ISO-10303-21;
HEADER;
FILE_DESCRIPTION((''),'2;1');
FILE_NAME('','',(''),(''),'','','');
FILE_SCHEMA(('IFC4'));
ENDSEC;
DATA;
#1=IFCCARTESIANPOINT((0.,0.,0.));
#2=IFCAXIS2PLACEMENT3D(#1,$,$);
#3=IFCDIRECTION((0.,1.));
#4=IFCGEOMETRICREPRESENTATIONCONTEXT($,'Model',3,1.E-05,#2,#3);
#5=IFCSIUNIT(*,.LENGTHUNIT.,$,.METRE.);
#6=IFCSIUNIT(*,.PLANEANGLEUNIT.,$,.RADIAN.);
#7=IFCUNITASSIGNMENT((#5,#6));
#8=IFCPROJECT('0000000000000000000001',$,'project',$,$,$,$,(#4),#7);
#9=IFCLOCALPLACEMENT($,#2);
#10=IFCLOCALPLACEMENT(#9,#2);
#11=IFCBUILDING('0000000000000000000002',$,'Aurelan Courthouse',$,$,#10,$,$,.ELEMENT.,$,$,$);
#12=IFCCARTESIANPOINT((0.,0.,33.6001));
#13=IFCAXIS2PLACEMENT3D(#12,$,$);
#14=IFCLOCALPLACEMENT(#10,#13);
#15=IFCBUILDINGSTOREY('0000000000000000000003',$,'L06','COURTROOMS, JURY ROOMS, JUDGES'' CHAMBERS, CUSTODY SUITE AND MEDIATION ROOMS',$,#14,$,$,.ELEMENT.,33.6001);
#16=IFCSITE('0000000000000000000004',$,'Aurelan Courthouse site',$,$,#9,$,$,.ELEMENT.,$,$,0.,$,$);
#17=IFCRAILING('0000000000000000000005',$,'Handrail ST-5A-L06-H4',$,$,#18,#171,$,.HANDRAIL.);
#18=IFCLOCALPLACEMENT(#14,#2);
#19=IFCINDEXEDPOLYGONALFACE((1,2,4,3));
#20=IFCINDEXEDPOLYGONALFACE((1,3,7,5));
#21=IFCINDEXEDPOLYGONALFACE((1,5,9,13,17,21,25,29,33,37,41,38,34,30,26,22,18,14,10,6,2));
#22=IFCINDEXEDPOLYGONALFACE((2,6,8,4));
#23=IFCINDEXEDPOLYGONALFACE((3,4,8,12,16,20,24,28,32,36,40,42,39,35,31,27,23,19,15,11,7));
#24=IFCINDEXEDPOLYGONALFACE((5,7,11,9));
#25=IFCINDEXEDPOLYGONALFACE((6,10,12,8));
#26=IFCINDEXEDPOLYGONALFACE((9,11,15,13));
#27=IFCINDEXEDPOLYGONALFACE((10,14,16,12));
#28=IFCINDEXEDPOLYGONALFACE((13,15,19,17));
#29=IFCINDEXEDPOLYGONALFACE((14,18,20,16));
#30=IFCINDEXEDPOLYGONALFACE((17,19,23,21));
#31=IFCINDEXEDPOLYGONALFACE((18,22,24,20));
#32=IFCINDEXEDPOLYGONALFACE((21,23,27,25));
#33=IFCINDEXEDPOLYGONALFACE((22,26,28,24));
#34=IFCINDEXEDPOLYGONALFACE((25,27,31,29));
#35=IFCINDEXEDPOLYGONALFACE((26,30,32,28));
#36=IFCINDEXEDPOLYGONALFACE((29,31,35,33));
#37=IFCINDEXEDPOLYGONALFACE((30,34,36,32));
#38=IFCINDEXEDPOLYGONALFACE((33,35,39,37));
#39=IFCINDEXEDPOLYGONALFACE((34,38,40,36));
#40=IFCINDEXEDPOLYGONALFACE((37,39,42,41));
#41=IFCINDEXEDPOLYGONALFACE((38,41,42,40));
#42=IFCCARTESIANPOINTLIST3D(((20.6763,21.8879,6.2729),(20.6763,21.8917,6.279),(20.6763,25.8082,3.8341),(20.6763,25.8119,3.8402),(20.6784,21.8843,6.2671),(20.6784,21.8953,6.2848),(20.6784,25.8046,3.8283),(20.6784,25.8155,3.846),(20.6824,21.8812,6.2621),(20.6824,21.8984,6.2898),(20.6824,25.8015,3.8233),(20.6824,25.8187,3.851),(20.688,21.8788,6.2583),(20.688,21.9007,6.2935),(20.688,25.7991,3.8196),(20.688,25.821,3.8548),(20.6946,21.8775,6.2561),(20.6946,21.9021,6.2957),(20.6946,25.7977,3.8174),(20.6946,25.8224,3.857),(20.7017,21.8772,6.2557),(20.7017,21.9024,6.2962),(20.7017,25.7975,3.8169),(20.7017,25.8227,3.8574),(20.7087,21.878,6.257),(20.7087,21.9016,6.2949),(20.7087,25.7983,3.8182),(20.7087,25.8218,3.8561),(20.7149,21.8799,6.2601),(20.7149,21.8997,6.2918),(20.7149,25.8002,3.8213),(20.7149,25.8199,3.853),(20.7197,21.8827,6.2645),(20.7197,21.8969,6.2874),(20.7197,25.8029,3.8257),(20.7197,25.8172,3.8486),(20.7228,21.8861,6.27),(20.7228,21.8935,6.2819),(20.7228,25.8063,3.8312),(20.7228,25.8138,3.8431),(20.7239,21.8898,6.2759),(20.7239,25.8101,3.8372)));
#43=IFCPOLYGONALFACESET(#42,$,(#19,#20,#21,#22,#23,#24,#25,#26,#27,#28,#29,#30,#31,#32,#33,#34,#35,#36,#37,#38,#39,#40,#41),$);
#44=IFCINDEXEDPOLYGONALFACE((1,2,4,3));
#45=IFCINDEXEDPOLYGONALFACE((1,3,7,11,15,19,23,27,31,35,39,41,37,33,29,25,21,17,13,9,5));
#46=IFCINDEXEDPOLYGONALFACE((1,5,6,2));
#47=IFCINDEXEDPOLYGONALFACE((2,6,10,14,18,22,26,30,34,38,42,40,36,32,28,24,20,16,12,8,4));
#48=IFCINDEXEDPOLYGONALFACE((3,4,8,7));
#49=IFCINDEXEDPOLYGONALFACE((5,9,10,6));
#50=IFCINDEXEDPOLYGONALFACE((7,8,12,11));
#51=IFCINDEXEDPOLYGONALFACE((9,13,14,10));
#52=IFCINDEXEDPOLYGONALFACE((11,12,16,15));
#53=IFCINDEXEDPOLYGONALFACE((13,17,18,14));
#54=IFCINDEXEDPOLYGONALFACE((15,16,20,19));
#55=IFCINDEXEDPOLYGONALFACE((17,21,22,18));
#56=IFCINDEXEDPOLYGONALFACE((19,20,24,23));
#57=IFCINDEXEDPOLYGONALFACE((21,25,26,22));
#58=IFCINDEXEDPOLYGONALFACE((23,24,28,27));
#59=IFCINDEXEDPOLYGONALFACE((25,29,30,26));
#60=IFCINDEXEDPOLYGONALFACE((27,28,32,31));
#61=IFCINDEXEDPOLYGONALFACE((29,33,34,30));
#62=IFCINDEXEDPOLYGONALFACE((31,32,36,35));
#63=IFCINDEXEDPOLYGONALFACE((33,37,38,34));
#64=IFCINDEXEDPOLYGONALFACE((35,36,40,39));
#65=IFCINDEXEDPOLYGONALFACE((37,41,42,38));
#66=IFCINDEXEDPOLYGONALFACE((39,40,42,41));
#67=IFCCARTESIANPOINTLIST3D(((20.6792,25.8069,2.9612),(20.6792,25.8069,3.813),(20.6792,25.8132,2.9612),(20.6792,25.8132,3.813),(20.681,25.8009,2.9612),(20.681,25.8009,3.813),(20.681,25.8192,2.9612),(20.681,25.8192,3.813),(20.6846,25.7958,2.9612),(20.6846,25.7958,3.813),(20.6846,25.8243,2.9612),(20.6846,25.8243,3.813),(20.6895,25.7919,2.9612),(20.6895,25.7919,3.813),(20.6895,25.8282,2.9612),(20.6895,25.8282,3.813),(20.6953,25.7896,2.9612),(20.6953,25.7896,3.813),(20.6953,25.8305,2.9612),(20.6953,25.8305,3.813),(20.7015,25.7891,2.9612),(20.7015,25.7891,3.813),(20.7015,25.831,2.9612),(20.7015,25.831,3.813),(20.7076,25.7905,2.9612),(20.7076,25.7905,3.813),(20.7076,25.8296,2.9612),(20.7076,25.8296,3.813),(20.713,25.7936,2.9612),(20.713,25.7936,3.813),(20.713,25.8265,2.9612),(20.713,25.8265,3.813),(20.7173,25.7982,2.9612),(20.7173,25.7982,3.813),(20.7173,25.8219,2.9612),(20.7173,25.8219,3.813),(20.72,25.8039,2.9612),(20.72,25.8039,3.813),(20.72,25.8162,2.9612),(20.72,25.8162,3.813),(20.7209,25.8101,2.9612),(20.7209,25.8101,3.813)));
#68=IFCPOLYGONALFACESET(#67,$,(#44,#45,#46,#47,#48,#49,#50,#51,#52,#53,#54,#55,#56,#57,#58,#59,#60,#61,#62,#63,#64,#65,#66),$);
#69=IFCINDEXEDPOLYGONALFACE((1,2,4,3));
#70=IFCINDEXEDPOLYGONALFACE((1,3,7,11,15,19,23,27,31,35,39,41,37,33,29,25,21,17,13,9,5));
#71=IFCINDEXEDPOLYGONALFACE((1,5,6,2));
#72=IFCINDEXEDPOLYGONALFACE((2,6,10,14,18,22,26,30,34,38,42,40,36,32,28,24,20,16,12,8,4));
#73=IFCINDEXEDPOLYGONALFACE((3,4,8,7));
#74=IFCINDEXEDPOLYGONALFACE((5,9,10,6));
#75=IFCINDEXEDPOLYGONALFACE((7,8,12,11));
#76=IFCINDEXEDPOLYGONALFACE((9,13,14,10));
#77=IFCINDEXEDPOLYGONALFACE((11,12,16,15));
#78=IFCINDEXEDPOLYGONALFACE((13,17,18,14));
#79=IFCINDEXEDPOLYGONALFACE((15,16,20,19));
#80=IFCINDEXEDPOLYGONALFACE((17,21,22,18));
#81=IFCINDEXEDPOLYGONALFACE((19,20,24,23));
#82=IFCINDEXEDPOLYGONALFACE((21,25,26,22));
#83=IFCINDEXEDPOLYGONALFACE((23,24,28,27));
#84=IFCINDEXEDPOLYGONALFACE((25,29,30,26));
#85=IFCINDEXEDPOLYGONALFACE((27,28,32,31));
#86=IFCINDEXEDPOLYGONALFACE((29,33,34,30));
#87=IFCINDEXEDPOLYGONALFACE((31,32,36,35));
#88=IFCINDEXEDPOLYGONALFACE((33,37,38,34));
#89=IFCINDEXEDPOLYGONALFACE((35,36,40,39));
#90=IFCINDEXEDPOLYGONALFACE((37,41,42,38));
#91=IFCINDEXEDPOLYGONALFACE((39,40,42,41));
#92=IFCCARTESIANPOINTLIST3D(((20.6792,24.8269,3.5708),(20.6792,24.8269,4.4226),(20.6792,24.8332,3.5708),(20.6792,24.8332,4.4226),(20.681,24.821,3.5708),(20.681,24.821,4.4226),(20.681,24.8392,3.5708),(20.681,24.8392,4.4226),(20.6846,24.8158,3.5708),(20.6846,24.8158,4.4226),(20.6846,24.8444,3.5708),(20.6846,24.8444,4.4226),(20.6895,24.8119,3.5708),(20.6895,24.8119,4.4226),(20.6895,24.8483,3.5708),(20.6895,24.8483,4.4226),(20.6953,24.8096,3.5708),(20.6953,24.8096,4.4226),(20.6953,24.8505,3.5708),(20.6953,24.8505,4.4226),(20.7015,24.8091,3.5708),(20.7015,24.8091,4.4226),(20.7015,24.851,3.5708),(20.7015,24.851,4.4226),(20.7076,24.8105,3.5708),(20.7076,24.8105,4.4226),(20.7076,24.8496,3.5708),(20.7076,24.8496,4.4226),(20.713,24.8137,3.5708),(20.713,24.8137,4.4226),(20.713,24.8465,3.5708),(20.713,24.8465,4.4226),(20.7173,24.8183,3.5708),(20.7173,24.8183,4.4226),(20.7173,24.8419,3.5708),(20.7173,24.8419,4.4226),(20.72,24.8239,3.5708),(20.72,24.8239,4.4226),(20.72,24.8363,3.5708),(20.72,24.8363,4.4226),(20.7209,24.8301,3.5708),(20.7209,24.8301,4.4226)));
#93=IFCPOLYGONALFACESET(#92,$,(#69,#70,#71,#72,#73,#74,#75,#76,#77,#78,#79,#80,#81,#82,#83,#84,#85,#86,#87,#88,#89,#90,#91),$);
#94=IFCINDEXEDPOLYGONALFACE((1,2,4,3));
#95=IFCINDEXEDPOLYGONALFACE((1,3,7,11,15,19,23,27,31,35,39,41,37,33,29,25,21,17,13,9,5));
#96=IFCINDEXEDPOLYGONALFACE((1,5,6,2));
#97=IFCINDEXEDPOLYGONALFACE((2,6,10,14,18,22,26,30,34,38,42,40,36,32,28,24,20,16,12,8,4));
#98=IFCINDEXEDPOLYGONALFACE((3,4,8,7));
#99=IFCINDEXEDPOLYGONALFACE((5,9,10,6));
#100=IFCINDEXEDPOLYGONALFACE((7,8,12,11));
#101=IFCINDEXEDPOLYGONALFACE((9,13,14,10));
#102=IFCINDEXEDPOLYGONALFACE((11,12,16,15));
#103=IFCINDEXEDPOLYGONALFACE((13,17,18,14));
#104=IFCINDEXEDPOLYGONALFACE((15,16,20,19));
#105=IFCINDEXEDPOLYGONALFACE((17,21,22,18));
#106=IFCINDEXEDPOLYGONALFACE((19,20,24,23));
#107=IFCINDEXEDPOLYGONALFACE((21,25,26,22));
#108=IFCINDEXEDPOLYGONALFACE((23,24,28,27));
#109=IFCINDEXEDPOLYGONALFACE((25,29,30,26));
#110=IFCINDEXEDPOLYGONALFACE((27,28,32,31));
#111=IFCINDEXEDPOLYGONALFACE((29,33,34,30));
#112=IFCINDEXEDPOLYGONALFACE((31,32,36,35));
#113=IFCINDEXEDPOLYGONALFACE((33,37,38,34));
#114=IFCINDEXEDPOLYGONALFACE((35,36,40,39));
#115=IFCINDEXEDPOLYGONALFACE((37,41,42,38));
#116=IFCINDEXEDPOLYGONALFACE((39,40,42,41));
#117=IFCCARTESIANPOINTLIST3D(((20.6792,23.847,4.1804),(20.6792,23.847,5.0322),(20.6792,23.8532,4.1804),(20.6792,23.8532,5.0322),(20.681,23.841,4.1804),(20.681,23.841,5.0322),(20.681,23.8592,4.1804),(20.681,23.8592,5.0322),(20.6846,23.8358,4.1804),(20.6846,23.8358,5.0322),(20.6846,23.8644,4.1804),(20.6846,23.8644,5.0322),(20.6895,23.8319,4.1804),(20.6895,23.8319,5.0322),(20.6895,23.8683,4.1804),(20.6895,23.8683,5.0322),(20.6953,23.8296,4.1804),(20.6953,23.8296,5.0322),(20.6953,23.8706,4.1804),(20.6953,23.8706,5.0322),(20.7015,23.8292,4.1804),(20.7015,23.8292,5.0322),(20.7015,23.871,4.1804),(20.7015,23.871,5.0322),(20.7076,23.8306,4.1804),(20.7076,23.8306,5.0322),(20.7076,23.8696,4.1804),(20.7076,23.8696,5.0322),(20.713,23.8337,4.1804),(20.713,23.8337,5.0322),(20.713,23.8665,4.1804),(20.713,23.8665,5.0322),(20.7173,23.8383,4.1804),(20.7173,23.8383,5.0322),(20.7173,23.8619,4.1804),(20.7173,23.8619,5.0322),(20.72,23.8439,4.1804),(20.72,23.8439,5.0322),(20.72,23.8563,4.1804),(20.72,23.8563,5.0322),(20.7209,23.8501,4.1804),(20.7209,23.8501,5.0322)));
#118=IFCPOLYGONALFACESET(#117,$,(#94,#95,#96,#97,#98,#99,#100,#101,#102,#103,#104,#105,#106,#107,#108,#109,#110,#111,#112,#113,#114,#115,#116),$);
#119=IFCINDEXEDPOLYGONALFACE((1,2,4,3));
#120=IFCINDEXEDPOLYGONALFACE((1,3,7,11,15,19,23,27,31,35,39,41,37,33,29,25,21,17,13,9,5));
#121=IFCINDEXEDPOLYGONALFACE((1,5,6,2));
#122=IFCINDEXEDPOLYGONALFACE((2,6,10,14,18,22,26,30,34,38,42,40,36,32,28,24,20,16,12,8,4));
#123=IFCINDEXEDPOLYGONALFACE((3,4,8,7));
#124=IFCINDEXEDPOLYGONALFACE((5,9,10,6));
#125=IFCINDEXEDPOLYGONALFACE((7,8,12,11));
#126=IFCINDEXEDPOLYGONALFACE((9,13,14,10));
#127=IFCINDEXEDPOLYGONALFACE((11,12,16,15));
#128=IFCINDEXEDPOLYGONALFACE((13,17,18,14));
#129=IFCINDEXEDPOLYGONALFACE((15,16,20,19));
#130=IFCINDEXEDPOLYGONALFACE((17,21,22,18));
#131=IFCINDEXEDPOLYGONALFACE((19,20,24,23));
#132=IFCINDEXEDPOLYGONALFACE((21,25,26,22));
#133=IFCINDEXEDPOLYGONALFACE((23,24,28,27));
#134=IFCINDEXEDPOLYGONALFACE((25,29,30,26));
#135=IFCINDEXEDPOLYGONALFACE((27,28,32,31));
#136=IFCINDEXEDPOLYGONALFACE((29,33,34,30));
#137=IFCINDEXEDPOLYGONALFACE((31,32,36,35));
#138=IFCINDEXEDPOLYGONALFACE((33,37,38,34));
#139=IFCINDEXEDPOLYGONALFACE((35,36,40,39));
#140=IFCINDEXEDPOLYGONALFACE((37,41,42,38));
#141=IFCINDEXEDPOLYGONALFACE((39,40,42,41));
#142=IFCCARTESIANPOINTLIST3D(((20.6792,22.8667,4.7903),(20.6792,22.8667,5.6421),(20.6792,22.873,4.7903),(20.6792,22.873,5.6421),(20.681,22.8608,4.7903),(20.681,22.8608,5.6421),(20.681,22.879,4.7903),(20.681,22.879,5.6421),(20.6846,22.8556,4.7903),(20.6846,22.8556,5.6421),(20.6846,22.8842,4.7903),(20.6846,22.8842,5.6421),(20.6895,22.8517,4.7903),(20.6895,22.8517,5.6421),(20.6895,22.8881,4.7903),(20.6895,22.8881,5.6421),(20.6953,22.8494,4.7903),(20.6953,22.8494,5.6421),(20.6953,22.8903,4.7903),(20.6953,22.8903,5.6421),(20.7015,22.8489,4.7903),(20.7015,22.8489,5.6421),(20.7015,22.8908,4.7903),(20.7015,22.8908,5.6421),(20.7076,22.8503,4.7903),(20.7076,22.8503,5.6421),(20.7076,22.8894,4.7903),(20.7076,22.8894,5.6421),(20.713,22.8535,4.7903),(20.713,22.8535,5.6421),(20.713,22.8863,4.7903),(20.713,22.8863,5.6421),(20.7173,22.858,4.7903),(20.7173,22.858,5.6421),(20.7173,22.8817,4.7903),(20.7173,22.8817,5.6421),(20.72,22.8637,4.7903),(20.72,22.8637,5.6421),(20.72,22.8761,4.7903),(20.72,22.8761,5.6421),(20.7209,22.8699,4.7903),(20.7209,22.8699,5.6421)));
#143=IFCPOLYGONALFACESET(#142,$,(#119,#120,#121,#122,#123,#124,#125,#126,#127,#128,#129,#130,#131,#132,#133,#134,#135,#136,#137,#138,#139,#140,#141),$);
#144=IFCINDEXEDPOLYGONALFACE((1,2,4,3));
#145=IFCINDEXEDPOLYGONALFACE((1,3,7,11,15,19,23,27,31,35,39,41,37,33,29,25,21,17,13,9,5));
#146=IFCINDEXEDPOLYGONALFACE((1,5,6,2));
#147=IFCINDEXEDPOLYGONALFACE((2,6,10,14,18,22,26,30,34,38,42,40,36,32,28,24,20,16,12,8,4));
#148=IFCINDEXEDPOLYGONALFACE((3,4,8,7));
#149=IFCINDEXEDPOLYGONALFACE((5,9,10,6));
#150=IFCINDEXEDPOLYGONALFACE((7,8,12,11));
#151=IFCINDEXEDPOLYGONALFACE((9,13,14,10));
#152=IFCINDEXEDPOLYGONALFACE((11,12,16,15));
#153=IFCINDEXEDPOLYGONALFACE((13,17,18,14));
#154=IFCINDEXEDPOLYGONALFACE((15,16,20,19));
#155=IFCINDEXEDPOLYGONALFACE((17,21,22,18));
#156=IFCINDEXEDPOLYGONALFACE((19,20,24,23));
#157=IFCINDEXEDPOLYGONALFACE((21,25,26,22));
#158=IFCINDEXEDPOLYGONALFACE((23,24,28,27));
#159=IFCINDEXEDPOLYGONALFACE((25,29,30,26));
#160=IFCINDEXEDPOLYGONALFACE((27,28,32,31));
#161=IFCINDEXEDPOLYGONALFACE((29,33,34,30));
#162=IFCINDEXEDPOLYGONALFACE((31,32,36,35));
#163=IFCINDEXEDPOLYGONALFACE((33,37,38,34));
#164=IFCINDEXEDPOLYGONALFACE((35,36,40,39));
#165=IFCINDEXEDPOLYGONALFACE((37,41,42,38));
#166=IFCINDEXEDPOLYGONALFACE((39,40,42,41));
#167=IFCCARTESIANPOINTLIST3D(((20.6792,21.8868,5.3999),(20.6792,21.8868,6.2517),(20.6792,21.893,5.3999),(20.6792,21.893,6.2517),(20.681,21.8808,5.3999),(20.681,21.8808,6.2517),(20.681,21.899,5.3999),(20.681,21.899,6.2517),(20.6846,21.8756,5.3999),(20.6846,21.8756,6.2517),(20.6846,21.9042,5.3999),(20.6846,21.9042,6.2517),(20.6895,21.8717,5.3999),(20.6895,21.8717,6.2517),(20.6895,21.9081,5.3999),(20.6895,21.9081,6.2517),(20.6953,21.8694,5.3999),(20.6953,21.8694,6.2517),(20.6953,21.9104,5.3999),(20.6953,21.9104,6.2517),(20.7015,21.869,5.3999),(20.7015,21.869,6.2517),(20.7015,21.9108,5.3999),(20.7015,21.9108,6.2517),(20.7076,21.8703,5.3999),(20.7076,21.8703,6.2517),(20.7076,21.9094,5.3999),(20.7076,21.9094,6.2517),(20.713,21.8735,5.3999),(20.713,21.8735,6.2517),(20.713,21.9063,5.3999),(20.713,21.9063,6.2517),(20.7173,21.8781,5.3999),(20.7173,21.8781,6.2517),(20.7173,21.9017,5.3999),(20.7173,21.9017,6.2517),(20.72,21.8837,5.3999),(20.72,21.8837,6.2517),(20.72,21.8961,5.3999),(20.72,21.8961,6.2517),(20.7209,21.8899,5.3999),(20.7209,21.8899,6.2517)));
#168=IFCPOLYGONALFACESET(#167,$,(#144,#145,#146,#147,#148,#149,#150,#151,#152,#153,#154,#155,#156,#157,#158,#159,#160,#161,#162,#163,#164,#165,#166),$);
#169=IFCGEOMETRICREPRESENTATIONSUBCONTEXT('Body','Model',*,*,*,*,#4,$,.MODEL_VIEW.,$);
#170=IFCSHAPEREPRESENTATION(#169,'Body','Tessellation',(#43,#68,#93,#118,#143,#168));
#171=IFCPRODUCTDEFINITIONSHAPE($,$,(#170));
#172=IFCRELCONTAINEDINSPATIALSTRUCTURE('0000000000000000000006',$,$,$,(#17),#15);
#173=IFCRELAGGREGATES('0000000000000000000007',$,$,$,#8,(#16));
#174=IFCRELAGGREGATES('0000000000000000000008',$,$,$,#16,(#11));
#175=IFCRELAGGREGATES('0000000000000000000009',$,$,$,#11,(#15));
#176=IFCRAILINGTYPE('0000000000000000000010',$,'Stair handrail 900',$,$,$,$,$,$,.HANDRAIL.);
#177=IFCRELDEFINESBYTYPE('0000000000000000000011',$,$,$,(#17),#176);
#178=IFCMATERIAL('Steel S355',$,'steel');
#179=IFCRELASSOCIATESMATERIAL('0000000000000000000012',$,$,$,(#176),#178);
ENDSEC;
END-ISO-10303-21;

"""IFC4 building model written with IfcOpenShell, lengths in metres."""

from ifc_helpers import new_model, si_unit, direction, frame, origin, origin_2d, place, context, subcontext, project, spatial, circle, extrude, material, type_object, element, save


model = new_model("IFC4")

# Units and contexts
model_context = context("Model", 3, precision=1e-05, world=origin(), true_north=direction((0.0, 1.0)))
body_context = subcontext(model_context, "Body", "Model", "MODEL_VIEW")
ifc_project = project(units=[si_unit("LENGTHUNIT", "METRE"), si_unit("PLANEANGLEUNIT", "RADIAN")], contexts=[model_context])

# Site, building, storey
site_placement = place(None, origin())
site = spatial("IfcSite", under=ifc_project, at=site_placement, Name="Aurelan Courthouse site", CompositionType="ELEMENT", RefElevation=0.0)
building_placement = place(site_placement, origin())
building = spatial("IfcBuilding", under=site, at=building_placement, Name="Aurelan Courthouse", CompositionType="ELEMENT")
storey_placement = place(building_placement, frame((0.0, 0.0, 33.6001)))
storey = spatial("IfcBuildingStorey", under=building, at=storey_placement, Name="L06", Description="COURTROOMS, JURY ROOMS, JUDGES' CHAMBERS, CUSTODY SUITE AND MEDIATION ROOMS", CompositionType="ELEMENT", Elevation=33.6001)

# Railing
ifc_material_1 = material(Name="Steel S355", Category="steel")
railing_type_1 = type_object("IfcRailingType", Name="Stair handrail 900", PredefinedType="HANDRAIL", material=ifc_material_1)
for number, where, name in (
    (1, (20.7, 25.8101, 2.9612), "Handrail ST-5A-L06-H4"),
):
    element("IfcRailing", number, at=place(storey_placement, frame(where)), inside=storey, type_object=railing_type_1, Name=name, PredefinedType="HANDRAIL", context=body_context, shape_type="SweptSolid", body=[
        extrude(circle(Radius=0.0239, at=origin_2d()), frame((0.0, 0.0, 0.876), z_axis=(0.0, -0.849105, 0.528225), x_axis=(1.0, 0.0, 0.0)), (0.0, 0.0, 1.0), 4.6169),
        extrude(circle(Radius=0.021, at=origin_2d()), origin(), (0.0, 0.0, 1.0), 0.8518),
        extrude(circle(Radius=0.021, at=origin_2d()), frame((0.0, -0.98, 0.6096)), (0.0, 0.0, 1.0), 0.8518),
        extrude(circle(Radius=0.021, at=origin_2d()), frame((0.0, -1.96, 1.2192)), (0.0, 0.0, 1.0), 0.8518),
        extrude(circle(Radius=0.021, at=origin_2d()), frame((0.0, -2.9402, 1.8291)), (0.0, 0.0, 1.0), 0.8518),
        extrude(circle(Radius=0.021, at=origin_2d()), frame((0.0, -3.9202, 2.4387)), (0.0, 0.0, 1.0), 0.8518),
    ])

save(model, "model.ifc")
